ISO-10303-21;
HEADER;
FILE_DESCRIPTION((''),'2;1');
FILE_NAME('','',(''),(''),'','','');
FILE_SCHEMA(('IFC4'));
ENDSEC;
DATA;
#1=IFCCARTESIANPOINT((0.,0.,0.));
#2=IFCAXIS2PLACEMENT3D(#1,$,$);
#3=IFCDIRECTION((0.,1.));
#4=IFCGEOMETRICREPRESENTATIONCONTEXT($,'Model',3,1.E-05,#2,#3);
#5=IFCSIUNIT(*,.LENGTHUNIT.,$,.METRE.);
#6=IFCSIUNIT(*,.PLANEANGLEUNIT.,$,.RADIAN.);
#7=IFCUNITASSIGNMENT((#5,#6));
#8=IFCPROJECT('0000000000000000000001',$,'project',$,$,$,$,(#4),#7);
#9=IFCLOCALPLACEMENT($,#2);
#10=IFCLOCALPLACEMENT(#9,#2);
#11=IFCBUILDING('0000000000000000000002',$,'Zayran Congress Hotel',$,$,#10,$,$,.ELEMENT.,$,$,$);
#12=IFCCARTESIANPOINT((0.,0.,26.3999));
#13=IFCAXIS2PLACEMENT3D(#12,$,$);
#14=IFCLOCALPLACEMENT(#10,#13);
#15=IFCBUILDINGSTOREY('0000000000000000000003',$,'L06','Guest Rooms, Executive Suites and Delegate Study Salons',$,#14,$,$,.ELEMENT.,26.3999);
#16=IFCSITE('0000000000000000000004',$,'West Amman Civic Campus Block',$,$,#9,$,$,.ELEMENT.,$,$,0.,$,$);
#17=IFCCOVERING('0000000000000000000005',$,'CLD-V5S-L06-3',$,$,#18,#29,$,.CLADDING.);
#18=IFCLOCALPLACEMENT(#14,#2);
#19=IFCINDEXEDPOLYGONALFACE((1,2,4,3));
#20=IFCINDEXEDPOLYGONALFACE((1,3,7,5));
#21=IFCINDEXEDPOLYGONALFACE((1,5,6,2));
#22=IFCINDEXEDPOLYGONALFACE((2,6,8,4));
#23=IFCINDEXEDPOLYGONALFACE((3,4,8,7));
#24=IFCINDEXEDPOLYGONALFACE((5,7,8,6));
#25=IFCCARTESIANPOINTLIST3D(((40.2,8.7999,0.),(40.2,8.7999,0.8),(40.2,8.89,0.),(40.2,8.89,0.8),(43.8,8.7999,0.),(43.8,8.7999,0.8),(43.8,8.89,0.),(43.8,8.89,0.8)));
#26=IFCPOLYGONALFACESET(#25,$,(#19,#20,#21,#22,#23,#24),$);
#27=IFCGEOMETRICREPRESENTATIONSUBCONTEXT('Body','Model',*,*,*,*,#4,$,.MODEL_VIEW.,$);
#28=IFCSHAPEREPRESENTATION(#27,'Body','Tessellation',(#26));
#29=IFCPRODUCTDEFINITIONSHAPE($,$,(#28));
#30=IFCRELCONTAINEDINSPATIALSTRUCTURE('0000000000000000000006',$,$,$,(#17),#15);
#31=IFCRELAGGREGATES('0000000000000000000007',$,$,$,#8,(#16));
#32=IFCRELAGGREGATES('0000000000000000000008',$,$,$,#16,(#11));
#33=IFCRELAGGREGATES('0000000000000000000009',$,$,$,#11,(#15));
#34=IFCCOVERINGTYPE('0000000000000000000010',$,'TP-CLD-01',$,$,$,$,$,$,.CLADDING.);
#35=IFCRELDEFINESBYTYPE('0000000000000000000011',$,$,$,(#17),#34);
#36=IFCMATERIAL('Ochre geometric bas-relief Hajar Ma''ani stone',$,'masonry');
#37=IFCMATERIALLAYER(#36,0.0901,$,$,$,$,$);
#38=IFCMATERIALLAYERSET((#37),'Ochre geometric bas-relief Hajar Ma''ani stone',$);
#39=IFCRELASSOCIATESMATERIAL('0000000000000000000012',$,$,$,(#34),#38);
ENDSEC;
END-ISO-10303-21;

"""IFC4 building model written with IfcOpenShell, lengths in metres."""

from ifc_helpers import new_model, si_unit, direction, frame, origin, origin_2d, place, context, subcontext, project, spatial, rectangle, extrude, material, layer, layer_set, type_object, element, save


model = new_model("IFC4")

# Units and contexts
model_context = context("Model", 3, precision=1e-05, world=origin(), true_north=direction((0.0, 1.0)))
body_context = subcontext(model_context, "Body", "Model", "MODEL_VIEW")
ifc_project = project(units=[si_unit("LENGTHUNIT", "METRE"), si_unit("PLANEANGLEUNIT", "RADIAN")], contexts=[model_context])

# Site, building, storey
site_placement = place(None, origin())
site = spatial("IfcSite", under=ifc_project, at=site_placement, Name="West Amman Civic Campus Block", CompositionType="ELEMENT", RefElevation=0.0)
building_placement = place(site_placement, origin())
building = spatial("IfcBuilding", under=site, at=building_placement, Name="Zayran Congress Hotel", CompositionType="ELEMENT")
storey_placement = place(building_placement, frame((0.0, 0.0, 26.3999)))
storey = spatial("IfcBuildingStorey", under=building, at=storey_placement, Name="L06", Description="Guest Rooms, Executive Suites and Delegate Study Salons", CompositionType="ELEMENT", Elevation=26.3999)

# Covering
ifc_material_1 = material(Name="Ochre geometric bas-relief Hajar Ma'ani stone", Category="masonry")
ifc_layer_1 = layer(ifc_material_1, 0.0901)
ifc_layer_set_1 = layer_set([ifc_layer_1], Name="Ochre geometric bas-relief Hajar Ma'ani stone")
covering_type = type_object("IfcCoveringType", Name="TP-CLD-01", PredefinedType="CLADDING", material=ifc_layer_set_1)
covering_placement = place(storey_placement, frame((42.0, 8.845, 0.0), z_axis=(0.0, 0.0, 1.0), x_axis=(1.0, 0.0, 0.0)))
element("IfcCovering", 1, at=covering_placement, inside=storey, type_object=covering_type, Name="CLD-V5S-L06-3", PredefinedType="CLADDING", context=body_context, shape_type="SweptSolid", body=[
    extrude(rectangle(XDim=3.6001, YDim=0.0901, at=origin_2d()), origin(), (0.0, 0.0, 1.0), 0.8),
])

save(model, "model.ifc")
